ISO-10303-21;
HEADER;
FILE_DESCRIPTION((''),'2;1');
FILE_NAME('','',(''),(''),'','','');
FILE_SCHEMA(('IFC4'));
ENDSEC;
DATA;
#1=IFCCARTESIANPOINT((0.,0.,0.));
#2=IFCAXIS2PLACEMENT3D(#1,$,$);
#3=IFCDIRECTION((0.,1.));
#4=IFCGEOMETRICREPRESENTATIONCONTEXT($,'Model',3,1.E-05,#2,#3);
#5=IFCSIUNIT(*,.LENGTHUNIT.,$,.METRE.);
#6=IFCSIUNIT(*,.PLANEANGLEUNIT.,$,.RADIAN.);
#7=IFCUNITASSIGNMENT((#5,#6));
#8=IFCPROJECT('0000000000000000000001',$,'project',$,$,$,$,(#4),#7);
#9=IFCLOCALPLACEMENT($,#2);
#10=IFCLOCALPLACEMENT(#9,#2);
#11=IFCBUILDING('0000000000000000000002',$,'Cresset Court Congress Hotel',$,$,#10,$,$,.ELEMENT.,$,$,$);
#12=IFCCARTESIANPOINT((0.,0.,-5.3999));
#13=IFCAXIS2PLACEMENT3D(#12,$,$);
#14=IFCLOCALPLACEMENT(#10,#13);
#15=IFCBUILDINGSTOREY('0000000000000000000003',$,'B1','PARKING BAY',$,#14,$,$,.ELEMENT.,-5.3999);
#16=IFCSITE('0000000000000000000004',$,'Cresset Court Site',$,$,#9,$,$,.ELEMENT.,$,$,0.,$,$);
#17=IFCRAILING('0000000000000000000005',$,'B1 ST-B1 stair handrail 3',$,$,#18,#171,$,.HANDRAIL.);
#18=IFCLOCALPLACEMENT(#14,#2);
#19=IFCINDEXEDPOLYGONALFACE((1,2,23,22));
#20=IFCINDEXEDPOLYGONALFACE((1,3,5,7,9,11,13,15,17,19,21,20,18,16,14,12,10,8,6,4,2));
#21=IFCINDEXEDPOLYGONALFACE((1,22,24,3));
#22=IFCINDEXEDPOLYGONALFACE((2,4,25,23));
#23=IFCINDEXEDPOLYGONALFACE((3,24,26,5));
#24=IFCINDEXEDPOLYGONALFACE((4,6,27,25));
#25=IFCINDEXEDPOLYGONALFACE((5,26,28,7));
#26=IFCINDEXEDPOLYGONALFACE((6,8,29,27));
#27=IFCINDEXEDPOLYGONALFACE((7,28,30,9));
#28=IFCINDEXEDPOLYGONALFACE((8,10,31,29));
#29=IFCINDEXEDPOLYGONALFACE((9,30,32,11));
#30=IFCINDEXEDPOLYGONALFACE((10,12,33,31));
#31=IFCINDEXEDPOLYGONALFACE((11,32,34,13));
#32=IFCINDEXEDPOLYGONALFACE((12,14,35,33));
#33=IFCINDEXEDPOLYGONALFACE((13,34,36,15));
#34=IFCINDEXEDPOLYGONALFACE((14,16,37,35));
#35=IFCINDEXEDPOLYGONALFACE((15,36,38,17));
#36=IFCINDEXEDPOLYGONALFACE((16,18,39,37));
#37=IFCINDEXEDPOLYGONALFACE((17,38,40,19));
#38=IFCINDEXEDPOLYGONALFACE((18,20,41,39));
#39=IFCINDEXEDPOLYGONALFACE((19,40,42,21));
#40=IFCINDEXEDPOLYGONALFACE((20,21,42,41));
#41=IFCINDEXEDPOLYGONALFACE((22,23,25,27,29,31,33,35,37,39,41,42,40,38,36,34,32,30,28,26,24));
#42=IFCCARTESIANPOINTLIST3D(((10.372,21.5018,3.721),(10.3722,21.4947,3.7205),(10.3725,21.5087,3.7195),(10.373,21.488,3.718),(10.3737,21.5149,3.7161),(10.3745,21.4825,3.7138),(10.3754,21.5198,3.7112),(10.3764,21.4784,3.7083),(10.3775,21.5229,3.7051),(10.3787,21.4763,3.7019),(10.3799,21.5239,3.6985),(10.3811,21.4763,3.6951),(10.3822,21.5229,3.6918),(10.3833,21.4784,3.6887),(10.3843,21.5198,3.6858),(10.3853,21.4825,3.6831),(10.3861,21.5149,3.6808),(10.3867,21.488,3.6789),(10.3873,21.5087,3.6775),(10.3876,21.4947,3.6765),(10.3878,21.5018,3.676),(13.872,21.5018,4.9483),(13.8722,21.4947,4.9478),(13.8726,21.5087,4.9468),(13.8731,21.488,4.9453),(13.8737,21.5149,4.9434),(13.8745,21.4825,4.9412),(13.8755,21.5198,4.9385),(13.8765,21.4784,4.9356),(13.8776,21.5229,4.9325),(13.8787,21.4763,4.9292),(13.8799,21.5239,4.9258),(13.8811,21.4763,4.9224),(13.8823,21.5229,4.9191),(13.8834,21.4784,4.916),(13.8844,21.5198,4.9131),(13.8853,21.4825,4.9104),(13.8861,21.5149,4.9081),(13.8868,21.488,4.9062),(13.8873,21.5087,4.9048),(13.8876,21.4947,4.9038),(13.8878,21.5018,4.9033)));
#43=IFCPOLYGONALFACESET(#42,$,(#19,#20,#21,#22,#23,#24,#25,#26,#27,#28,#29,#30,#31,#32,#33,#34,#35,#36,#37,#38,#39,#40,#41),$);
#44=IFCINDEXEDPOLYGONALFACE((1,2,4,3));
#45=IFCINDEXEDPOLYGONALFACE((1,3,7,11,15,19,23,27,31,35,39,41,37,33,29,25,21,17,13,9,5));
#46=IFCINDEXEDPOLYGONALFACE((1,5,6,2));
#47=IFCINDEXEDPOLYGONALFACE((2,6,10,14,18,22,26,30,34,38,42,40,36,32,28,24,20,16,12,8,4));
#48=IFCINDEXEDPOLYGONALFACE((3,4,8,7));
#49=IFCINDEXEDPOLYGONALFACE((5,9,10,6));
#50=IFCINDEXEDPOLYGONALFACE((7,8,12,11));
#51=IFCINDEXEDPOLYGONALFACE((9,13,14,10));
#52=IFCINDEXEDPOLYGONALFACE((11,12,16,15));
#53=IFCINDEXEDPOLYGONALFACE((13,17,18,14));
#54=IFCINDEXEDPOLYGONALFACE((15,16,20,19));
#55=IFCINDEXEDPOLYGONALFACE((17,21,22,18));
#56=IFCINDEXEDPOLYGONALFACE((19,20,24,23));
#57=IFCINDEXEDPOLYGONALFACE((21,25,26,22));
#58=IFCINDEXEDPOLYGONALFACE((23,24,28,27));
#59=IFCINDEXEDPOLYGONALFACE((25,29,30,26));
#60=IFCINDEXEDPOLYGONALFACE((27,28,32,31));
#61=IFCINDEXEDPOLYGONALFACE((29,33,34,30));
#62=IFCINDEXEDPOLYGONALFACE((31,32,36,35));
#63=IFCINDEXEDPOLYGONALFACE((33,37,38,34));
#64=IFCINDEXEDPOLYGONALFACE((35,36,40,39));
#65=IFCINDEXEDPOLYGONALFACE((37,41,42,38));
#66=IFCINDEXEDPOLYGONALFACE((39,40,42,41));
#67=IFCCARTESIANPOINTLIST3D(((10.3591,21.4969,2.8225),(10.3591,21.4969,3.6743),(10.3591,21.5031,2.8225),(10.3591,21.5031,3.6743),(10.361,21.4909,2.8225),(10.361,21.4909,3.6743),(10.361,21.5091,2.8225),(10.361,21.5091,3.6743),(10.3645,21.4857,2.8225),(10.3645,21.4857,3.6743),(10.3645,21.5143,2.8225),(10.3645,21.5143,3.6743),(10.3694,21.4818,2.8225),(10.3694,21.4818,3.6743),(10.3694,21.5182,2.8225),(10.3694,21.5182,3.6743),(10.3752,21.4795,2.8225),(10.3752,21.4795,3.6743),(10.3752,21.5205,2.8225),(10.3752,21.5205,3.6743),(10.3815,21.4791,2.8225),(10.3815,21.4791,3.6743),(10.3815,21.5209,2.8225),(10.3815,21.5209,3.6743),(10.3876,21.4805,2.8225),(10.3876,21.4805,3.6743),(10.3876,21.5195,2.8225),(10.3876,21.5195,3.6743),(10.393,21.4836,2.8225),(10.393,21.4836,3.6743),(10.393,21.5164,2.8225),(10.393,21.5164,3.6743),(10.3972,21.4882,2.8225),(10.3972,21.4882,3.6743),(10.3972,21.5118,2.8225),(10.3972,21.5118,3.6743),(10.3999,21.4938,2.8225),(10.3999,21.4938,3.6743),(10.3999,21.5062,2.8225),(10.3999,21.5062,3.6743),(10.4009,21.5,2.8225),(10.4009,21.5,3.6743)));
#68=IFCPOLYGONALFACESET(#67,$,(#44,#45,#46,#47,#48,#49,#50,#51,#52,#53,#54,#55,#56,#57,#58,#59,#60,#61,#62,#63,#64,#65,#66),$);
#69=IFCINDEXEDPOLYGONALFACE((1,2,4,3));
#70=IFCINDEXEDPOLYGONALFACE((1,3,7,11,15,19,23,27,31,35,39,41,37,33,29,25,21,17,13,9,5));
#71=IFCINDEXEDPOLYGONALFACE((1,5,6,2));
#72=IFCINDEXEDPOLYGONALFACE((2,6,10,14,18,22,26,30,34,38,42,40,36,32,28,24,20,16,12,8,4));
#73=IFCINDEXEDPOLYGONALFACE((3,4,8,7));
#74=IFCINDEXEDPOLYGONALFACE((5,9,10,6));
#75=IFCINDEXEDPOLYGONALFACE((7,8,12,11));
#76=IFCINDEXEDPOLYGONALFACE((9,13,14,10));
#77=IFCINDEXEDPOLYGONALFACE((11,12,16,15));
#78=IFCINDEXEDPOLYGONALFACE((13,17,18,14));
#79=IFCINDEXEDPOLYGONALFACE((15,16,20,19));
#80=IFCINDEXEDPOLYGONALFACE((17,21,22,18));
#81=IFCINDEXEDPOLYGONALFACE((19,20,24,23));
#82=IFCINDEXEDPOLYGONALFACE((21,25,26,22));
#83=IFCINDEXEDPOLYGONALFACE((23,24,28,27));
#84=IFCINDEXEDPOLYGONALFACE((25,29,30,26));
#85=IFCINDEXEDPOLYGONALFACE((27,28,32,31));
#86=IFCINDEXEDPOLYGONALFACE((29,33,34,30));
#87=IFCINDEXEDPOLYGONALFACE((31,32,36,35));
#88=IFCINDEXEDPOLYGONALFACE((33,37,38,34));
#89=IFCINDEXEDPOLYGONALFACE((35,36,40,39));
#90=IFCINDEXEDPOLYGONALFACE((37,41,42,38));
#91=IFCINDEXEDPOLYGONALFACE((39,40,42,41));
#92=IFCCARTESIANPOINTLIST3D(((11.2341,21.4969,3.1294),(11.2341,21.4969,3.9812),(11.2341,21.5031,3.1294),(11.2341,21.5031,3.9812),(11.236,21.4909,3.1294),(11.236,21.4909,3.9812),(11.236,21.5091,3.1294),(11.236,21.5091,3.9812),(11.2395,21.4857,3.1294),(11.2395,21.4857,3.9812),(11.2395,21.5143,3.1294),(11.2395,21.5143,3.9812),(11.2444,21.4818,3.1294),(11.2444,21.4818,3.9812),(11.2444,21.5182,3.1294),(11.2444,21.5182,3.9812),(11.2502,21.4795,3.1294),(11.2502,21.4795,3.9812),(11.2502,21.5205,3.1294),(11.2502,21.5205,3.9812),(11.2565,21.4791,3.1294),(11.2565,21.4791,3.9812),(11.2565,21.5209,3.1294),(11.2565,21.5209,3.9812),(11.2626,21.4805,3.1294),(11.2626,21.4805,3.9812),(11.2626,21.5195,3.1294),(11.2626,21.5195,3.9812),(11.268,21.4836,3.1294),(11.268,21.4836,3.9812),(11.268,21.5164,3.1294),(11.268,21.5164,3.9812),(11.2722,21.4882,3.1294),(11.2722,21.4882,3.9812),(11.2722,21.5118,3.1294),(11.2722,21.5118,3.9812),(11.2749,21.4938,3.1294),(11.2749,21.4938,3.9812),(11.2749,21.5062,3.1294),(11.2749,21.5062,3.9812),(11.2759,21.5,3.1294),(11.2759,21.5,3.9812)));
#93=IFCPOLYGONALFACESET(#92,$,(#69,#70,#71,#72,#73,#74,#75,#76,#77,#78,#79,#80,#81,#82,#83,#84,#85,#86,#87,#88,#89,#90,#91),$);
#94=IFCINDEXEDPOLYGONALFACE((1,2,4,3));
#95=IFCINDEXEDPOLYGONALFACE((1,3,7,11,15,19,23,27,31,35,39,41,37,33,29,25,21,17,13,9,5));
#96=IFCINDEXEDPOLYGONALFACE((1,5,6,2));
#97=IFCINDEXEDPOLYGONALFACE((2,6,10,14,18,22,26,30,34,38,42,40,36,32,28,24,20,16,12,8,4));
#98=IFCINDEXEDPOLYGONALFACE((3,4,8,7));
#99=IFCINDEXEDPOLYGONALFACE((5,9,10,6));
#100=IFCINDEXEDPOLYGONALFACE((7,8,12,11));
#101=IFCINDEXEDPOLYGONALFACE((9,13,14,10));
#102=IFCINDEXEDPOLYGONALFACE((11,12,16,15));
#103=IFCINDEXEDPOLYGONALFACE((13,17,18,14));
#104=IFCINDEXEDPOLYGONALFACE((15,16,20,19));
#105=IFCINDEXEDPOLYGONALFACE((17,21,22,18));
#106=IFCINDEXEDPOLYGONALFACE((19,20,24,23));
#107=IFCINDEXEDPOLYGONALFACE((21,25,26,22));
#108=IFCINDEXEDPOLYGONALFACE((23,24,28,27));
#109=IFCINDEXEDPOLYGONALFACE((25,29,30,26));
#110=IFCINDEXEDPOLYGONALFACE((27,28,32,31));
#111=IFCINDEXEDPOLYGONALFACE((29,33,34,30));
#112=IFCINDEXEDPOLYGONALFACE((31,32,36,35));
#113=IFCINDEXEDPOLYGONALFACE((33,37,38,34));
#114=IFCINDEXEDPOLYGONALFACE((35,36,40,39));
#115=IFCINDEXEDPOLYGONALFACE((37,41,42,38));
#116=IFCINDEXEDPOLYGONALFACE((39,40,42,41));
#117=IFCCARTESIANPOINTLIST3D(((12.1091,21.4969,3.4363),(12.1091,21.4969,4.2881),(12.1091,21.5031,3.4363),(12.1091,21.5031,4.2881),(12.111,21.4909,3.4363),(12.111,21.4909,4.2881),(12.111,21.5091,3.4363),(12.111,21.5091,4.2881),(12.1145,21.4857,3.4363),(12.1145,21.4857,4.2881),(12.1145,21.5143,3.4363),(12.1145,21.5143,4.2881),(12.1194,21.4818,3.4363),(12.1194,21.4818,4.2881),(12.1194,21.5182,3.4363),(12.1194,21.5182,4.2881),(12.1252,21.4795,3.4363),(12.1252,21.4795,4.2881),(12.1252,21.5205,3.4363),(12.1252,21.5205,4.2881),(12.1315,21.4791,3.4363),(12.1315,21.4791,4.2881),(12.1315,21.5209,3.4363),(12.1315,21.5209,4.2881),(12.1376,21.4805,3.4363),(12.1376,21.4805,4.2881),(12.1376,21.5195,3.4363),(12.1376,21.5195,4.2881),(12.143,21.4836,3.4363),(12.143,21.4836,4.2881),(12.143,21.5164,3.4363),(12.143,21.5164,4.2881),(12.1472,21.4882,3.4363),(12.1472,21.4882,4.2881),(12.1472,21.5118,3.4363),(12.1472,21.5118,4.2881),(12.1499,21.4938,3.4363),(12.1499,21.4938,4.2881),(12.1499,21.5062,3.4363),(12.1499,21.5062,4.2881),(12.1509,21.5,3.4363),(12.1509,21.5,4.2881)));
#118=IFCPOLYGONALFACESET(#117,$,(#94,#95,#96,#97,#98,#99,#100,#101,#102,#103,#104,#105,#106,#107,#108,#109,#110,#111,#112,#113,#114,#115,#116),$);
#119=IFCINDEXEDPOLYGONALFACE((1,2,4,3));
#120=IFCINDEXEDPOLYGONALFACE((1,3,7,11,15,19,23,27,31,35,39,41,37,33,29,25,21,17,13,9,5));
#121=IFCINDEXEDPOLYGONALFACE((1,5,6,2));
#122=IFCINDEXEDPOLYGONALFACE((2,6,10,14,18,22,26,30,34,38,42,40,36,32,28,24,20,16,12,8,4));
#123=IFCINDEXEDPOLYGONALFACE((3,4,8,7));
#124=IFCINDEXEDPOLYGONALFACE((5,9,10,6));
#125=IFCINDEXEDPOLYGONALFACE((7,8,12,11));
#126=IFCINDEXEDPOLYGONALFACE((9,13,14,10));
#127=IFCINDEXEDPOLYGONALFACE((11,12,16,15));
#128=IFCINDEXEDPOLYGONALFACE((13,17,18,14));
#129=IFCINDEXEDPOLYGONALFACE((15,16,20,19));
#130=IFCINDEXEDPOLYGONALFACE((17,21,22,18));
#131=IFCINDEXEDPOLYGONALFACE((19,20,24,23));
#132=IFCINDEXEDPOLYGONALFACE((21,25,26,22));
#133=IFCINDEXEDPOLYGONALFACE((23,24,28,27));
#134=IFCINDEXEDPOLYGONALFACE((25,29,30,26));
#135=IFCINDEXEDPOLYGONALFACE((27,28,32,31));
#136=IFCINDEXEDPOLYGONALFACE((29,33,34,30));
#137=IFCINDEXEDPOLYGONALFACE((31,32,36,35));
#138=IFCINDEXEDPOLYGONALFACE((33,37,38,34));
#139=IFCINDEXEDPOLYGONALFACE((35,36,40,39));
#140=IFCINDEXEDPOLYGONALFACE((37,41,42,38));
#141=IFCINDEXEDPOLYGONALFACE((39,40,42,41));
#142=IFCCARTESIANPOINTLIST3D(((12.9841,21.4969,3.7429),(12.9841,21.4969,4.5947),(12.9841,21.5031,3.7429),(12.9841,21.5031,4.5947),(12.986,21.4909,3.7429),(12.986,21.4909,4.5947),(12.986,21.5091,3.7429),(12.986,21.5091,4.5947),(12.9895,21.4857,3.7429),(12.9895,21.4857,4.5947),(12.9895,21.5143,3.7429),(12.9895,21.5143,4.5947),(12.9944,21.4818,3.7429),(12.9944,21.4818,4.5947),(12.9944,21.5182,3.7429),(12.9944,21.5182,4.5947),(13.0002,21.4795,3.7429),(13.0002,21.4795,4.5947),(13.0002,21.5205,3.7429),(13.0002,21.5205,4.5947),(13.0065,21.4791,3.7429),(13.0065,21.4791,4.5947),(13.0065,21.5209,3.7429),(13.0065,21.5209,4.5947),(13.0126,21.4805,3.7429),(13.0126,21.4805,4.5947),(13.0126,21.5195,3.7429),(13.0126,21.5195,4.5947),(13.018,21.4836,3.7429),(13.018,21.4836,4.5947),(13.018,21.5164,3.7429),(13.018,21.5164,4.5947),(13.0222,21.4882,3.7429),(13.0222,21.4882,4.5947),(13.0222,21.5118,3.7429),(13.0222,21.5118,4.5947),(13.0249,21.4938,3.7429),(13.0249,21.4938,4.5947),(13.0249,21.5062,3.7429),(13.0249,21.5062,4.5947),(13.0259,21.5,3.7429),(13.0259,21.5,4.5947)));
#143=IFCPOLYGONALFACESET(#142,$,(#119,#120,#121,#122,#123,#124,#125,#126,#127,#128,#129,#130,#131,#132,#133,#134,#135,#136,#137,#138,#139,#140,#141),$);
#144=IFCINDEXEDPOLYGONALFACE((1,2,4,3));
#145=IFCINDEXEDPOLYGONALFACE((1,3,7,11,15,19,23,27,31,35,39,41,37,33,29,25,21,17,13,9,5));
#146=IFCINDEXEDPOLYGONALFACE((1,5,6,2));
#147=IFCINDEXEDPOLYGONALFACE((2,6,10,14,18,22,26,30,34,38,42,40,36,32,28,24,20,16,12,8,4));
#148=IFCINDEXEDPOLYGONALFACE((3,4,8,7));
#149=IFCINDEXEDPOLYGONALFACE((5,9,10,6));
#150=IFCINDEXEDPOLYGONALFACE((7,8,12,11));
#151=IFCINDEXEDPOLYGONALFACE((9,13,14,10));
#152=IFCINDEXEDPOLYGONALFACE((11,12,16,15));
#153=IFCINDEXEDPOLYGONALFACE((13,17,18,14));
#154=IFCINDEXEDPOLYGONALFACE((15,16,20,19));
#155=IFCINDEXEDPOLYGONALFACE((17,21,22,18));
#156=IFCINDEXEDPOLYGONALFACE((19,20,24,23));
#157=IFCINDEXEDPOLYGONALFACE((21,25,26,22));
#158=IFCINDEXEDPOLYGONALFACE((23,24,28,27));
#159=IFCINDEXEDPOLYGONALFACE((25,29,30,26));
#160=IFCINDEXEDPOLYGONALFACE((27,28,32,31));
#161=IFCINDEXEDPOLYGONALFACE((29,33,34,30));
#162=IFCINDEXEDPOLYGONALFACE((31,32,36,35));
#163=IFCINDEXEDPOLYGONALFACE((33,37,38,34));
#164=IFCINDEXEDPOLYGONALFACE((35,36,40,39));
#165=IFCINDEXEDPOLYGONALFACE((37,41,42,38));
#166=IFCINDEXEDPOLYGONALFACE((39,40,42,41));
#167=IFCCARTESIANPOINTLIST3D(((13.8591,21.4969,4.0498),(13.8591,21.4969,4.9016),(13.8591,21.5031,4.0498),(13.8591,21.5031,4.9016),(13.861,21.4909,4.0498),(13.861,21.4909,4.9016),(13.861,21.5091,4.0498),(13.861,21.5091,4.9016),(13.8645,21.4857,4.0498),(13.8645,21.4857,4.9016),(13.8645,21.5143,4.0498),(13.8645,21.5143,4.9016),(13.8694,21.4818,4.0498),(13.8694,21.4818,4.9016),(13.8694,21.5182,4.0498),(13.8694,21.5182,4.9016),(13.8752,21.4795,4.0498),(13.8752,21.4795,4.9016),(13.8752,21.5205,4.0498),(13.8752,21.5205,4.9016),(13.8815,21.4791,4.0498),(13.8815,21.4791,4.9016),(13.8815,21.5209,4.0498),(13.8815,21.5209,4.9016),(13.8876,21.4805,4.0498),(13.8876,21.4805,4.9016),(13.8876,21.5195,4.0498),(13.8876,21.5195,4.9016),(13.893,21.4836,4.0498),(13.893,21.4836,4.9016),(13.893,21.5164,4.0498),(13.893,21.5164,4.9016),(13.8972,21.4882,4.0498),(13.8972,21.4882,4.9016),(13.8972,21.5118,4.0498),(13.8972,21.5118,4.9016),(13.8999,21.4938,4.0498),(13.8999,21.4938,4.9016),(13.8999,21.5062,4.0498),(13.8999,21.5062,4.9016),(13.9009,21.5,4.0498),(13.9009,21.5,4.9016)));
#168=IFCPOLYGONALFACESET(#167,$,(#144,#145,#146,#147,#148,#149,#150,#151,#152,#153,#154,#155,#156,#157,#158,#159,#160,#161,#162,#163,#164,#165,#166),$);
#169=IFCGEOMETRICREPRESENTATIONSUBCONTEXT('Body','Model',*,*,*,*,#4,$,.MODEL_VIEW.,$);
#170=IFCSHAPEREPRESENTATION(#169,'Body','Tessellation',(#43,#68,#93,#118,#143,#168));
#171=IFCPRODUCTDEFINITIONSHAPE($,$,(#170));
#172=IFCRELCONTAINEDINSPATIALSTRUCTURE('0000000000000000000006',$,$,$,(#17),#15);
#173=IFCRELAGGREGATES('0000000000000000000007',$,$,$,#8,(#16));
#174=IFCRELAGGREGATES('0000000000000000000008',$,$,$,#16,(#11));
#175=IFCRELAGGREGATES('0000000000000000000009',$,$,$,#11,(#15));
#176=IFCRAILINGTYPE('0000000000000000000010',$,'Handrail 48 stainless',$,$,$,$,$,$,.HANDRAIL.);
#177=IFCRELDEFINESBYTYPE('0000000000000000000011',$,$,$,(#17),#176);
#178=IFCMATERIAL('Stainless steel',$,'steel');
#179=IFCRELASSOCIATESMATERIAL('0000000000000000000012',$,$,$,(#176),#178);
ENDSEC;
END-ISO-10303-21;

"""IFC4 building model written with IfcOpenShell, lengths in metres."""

from ifc_helpers import new_model, si_unit, direction, frame, origin, origin_2d, place, context, subcontext, project, spatial, circle, extrude, material, type_object, element, save


model = new_model("IFC4")

# Units and contexts
model_context = context("Model", 3, precision=1e-05, world=origin(), true_north=direction((0.0, 1.0)))
body_context = subcontext(model_context, "Body", "Model", "MODEL_VIEW")
ifc_project = project(units=[si_unit("LENGTHUNIT", "METRE"), si_unit("PLANEANGLEUNIT", "RADIAN")], contexts=[model_context])

# Site, building, storey
site_placement = place(None, origin())
site = spatial("IfcSite", under=ifc_project, at=site_placement, Name="Cresset Court Site", CompositionType="ELEMENT", RefElevation=0.0)
building_placement = place(site_placement, origin())
building = spatial("IfcBuilding", under=site, at=building_placement, Name="Cresset Court Congress Hotel", CompositionType="ELEMENT")
storey_placement = place(building_placement, frame((0.0, 0.0, -5.3999)))
storey = spatial("IfcBuildingStorey", under=building, at=storey_placement, Name="B1", Description="PARKING BAY", CompositionType="ELEMENT", Elevation=-5.3999)

# Railing
ifc_material_1 = material(Name="Stainless steel", Category="steel")
railing_type_1 = type_object("IfcRailingType", Name="Handrail 48 stainless", PredefinedType="HANDRAIL", material=ifc_material_1)
for number, where, name in (
    (1, (10.3799, 21.5, 2.8225), "B1 ST-B1 stair handrail 3"),
):
    element("IfcRailing", number, at=place(storey_placement, frame(where)), inside=storey, type_object=railing_type_1, Name=name, PredefinedType="HANDRAIL", context=body_context, shape_type="SweptSolid", body=[
        extrude(circle(Radius=0.0239, at=origin_2d()), frame((0.0, 0.0, 0.876), z_axis=(0.943665, 0.0, 0.330902), x_axis=(0.0, 1.0, 0.0)), (0.0, 0.0, 1.0), 3.709),
        extrude(circle(Radius=0.021, at=origin_2d()), origin(), (0.0, 0.0, 1.0), 0.8518),
        extrude(circle(Radius=0.021, at=origin_2d()), frame((0.875, 0.0, 0.3069)), (0.0, 0.0, 1.0), 0.8518),
        extrude(circle(Radius=0.021, at=origin_2d()), frame((1.75, 0.0, 0.6138)), (0.0, 0.0, 1.0), 0.8518),
        extrude(circle(Radius=0.021, at=origin_2d()), frame((2.625, 0.0, 0.9204)), (0.0, 0.0, 1.0), 0.8518),
        extrude(circle(Radius=0.021, at=origin_2d()), frame((3.5, 0.0, 1.2273)), (0.0, 0.0, 1.0), 0.8518),
    ])

save(model, "model.ifc")
